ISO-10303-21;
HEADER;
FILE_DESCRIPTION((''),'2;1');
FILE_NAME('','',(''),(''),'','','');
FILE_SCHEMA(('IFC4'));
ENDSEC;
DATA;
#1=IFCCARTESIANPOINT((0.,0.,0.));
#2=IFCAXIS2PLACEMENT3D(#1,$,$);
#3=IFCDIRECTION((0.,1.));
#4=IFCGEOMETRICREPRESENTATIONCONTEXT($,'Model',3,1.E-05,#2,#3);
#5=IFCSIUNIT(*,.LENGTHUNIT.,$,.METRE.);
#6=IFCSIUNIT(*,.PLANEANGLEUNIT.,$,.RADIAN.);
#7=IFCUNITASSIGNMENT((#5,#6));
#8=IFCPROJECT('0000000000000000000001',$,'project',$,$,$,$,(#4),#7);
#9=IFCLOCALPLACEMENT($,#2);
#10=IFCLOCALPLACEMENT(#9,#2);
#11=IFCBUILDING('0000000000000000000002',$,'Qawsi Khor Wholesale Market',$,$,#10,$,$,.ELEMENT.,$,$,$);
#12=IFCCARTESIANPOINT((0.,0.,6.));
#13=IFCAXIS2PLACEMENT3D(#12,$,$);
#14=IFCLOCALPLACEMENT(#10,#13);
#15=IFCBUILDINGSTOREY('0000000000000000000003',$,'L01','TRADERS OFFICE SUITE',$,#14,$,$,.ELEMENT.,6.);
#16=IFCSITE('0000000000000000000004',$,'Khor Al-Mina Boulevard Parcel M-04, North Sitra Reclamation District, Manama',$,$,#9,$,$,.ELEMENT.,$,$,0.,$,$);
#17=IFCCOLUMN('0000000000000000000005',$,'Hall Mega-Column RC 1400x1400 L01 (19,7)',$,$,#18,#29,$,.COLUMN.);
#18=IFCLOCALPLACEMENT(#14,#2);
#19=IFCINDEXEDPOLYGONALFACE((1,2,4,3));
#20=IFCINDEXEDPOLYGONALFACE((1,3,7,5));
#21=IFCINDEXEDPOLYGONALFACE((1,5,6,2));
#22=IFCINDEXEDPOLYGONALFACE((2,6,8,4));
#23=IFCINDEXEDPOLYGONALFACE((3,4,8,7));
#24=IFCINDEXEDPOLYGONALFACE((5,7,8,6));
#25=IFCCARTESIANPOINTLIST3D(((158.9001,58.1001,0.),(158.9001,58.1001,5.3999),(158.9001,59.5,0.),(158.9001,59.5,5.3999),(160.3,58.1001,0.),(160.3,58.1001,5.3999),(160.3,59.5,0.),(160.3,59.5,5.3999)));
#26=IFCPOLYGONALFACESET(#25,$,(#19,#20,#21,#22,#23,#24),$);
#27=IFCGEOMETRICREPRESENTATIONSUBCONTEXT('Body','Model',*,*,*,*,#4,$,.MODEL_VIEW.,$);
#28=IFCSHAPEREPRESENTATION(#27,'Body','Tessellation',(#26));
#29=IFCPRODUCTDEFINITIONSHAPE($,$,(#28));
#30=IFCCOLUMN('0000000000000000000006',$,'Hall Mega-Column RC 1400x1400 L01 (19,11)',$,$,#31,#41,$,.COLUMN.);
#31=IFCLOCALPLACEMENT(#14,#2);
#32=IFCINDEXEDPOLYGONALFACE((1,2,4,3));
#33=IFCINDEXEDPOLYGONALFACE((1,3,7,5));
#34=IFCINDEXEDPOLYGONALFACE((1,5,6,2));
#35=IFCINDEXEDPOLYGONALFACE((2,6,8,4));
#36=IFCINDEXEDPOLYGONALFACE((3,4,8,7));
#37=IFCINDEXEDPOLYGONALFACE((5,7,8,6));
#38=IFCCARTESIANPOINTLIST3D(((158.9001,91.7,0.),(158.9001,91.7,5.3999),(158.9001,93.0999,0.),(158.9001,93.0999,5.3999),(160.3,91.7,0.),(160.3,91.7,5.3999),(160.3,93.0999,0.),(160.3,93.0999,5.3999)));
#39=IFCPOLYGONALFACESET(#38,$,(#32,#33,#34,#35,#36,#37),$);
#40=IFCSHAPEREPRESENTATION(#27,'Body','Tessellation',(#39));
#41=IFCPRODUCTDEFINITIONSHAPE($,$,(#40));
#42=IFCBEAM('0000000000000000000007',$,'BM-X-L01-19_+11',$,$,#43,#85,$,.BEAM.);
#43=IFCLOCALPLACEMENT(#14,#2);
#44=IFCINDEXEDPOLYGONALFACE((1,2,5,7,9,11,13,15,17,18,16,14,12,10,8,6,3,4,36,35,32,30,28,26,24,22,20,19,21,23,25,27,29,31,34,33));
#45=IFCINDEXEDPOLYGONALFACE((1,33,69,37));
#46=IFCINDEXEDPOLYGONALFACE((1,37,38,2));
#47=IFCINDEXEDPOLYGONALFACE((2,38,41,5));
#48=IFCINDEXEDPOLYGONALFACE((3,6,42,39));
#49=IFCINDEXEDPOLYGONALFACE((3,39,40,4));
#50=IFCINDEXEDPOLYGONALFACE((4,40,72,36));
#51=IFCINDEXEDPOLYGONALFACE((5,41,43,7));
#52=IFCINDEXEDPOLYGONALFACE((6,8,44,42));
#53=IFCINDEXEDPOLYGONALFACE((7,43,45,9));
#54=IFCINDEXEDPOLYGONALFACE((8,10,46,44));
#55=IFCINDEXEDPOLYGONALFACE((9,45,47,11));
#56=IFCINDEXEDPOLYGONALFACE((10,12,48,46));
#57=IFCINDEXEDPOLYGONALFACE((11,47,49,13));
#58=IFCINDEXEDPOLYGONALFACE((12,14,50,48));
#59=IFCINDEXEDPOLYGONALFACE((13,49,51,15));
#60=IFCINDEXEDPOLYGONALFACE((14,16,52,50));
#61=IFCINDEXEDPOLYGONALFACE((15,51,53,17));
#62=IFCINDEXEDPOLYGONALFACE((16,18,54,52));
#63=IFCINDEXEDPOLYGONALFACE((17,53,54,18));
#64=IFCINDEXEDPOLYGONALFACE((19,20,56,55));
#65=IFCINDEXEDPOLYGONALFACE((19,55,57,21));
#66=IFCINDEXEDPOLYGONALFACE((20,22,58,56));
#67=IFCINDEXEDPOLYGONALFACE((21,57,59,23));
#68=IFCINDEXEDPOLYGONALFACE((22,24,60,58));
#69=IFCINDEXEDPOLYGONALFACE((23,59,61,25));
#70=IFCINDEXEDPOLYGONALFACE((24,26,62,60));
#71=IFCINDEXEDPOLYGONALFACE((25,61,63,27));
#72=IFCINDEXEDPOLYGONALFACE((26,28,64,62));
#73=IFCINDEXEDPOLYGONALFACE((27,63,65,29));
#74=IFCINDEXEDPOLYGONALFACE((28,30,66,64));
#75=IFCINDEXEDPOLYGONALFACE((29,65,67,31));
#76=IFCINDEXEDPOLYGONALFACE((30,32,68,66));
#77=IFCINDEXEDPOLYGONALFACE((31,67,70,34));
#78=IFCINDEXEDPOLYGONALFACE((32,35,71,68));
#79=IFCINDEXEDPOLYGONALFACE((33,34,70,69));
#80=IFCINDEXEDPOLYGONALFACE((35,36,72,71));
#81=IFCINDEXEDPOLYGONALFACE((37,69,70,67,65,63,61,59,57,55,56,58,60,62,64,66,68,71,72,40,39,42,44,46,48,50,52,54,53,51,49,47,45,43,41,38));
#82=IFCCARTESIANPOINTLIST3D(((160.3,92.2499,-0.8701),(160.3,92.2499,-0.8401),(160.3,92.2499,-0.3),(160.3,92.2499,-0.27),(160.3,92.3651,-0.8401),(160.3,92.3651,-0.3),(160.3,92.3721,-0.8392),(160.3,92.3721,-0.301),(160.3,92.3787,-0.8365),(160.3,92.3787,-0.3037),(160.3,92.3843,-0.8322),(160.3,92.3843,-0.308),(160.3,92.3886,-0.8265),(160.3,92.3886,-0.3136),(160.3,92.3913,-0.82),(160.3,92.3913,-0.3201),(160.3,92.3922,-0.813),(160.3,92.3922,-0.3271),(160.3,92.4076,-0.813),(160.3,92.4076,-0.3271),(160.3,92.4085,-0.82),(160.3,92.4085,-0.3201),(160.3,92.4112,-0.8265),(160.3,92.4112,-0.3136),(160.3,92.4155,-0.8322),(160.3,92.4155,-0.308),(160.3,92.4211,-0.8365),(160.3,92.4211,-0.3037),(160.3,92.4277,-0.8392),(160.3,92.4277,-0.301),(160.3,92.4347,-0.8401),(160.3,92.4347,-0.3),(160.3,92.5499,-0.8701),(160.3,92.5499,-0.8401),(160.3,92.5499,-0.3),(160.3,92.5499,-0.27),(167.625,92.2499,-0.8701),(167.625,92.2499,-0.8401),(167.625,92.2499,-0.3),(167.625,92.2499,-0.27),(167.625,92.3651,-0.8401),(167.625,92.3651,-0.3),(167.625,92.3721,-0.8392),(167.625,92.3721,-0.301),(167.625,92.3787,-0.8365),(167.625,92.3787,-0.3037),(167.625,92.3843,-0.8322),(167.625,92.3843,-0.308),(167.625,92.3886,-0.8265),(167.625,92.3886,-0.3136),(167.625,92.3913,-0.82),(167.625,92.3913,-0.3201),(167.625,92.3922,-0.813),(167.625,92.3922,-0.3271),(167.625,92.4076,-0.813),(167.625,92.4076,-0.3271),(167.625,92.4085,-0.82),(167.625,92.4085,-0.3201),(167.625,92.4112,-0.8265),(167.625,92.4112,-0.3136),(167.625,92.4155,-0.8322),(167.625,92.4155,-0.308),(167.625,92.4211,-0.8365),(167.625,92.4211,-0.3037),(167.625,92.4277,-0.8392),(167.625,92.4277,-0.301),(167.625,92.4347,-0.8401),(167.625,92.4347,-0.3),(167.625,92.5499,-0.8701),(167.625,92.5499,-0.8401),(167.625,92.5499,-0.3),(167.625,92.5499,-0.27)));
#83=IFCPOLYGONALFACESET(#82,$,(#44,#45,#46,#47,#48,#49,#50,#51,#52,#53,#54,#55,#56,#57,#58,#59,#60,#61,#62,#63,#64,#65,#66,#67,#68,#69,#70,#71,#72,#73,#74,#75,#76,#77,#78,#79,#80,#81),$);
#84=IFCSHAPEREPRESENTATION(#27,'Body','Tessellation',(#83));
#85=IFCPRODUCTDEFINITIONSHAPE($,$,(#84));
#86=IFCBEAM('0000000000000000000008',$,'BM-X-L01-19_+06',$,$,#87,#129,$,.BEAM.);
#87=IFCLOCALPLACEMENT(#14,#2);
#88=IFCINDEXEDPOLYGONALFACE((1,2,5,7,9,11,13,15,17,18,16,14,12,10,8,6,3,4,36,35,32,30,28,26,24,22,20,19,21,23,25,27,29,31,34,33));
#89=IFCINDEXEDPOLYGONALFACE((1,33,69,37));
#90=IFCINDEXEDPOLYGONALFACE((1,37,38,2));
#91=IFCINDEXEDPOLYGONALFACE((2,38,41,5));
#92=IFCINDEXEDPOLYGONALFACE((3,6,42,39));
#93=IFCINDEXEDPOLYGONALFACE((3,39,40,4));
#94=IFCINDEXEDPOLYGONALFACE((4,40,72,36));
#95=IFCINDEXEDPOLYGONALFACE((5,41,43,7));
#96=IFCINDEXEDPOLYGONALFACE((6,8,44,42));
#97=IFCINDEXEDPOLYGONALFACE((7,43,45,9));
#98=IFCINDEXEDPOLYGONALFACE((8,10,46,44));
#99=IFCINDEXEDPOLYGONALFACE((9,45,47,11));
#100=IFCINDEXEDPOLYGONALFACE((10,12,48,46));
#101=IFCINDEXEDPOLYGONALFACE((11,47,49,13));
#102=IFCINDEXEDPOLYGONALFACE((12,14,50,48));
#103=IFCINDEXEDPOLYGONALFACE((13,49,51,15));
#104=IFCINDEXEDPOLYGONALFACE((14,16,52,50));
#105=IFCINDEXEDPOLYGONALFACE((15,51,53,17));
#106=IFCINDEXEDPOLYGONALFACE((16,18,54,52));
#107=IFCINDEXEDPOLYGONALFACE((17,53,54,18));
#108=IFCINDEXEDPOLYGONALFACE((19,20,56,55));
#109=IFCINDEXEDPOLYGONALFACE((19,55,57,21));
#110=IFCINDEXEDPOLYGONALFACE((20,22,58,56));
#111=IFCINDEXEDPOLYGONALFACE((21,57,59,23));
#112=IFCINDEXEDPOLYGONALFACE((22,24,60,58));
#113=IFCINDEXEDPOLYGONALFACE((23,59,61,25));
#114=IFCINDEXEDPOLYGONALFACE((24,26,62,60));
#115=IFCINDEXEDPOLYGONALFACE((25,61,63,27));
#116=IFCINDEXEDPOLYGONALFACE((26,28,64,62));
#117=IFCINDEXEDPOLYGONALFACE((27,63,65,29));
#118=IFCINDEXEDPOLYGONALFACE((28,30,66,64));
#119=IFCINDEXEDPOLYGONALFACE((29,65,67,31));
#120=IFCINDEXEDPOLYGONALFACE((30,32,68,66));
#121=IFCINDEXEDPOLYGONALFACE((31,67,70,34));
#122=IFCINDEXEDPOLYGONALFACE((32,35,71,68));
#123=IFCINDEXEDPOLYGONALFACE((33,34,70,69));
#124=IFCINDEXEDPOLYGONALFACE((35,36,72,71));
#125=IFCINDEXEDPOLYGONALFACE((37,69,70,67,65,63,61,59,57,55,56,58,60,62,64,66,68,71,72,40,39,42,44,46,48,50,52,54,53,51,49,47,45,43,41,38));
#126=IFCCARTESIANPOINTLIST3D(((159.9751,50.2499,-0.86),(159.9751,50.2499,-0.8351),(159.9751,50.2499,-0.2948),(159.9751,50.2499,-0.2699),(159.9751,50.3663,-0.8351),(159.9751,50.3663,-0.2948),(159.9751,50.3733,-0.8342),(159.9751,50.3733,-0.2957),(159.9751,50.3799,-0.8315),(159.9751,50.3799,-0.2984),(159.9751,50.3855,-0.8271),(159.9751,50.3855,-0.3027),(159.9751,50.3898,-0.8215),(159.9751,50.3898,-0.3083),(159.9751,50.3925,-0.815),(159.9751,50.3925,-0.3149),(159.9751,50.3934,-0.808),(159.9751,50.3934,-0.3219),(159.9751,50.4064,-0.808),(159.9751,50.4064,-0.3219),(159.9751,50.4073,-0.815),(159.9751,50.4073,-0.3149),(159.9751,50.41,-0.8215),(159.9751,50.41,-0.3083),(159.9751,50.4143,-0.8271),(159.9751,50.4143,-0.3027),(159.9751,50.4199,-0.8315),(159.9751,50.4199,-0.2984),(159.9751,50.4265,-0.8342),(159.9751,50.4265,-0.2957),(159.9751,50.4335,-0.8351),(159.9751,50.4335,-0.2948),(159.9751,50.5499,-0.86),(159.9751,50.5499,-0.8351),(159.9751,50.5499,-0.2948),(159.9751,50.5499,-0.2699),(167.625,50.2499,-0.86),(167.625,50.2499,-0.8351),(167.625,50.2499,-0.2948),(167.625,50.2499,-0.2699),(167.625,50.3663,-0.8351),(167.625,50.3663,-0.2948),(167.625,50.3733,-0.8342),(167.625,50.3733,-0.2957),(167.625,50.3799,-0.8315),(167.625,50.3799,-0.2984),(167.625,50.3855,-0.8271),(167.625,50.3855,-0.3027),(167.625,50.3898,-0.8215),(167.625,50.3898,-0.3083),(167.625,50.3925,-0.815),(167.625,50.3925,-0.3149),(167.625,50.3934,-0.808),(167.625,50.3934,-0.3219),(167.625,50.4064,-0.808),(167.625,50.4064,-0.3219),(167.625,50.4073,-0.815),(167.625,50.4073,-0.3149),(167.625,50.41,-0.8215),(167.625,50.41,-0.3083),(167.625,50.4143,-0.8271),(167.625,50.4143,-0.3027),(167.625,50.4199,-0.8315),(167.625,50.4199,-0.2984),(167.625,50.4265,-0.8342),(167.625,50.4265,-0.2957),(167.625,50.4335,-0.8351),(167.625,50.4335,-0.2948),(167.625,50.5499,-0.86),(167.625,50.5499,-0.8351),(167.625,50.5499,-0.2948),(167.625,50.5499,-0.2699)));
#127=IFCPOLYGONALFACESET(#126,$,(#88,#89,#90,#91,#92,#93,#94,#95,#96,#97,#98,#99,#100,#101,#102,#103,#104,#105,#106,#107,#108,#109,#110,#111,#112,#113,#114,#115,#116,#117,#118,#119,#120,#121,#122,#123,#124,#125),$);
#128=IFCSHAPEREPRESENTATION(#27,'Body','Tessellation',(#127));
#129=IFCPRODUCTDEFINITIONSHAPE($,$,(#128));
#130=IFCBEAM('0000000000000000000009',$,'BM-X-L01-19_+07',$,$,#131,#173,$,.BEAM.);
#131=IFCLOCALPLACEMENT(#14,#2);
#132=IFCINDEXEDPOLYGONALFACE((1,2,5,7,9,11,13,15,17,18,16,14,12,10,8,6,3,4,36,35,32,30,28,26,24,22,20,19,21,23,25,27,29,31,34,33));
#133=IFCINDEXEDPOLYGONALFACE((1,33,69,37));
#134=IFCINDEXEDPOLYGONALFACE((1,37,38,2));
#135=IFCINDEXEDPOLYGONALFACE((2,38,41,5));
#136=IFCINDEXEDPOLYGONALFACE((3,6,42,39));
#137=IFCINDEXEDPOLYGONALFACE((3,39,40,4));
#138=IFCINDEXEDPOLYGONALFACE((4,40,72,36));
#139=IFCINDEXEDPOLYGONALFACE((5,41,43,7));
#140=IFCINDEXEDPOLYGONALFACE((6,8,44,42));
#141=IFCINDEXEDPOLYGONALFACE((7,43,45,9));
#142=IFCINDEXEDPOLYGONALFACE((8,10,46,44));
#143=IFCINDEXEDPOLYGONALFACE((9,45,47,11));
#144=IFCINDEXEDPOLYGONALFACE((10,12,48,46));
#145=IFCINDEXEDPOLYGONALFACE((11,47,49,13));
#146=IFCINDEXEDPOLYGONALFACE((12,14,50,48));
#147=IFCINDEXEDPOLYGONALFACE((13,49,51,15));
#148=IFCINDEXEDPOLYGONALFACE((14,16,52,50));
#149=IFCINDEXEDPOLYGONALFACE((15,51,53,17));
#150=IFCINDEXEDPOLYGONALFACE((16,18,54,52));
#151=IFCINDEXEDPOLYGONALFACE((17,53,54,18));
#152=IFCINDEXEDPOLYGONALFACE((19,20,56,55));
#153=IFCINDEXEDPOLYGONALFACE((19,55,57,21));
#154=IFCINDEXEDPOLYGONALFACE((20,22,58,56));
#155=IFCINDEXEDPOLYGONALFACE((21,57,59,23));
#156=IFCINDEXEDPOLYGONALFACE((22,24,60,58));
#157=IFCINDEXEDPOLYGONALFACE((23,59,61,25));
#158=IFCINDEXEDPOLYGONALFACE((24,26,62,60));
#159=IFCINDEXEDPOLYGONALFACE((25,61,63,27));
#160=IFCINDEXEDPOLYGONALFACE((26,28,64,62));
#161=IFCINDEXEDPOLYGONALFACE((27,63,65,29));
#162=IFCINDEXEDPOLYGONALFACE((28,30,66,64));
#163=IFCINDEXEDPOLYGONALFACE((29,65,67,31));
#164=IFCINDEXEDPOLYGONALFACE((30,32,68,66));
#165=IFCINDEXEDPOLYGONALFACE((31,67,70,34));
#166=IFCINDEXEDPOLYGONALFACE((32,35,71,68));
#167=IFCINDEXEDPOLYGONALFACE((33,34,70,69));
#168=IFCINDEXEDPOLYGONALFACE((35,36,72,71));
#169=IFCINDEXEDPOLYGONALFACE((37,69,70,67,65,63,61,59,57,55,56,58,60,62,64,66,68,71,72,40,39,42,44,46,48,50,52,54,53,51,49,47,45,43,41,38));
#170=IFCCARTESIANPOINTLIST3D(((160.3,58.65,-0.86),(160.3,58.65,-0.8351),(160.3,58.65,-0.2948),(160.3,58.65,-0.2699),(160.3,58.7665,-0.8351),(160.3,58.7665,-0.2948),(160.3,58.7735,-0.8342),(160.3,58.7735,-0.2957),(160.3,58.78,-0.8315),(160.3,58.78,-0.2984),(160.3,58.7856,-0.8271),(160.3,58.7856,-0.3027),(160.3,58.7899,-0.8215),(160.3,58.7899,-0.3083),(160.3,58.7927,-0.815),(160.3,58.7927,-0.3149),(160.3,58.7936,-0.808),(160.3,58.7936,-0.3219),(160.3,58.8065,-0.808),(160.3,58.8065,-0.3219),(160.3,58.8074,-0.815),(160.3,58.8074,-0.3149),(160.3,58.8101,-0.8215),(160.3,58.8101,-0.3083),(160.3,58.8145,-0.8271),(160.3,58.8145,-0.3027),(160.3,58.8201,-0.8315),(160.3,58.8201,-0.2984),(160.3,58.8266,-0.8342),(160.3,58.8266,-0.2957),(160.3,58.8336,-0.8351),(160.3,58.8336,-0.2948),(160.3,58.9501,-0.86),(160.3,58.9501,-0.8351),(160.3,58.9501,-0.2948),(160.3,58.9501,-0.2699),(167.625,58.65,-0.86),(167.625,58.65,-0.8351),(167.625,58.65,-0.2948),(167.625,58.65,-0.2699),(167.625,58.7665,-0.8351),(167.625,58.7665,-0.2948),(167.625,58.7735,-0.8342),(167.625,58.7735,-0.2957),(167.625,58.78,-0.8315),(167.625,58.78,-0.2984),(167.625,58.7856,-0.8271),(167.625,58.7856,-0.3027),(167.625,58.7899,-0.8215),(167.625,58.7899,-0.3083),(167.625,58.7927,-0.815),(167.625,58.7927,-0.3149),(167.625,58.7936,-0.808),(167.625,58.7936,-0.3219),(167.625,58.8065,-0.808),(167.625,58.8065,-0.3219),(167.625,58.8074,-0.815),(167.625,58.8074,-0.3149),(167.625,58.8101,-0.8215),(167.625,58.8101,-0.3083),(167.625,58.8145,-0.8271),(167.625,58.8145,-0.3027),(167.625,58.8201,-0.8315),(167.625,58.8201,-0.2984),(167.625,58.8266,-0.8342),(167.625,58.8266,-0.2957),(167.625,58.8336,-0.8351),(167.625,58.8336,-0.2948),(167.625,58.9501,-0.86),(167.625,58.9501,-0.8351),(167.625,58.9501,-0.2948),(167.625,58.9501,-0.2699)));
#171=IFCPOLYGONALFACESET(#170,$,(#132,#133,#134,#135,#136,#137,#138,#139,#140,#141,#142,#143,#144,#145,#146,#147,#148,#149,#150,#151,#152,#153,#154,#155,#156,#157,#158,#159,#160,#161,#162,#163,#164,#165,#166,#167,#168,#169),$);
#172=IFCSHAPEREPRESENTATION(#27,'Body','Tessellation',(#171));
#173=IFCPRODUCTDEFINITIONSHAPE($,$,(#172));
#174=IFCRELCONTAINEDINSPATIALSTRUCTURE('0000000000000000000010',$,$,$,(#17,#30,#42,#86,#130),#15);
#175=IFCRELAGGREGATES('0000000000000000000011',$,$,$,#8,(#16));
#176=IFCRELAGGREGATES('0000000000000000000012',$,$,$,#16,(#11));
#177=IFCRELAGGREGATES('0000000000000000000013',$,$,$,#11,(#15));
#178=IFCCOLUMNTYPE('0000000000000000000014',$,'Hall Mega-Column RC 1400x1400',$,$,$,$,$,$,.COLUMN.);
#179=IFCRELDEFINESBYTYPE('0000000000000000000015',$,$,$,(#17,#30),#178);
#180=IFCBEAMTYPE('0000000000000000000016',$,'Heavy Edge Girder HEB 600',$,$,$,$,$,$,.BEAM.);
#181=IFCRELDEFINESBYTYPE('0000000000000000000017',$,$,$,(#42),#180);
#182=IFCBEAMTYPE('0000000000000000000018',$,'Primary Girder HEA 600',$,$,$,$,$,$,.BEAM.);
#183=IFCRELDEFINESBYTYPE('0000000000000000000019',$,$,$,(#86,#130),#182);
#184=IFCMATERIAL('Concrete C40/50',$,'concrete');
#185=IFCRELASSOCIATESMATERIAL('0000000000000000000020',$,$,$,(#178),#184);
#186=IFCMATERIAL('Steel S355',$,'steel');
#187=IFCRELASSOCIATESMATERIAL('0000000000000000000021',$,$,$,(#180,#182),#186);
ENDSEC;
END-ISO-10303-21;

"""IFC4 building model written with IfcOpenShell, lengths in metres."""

from ifc_helpers import new_model, si_unit, direction, frame, origin, origin_2d, place, context, subcontext, project, spatial, rectangle, i_section, extrude, material, material_profile, profile_set, type_object, element, save


model = new_model("IFC4")

# Units and contexts
model_context = context("Model", 3, precision=1e-05, world=origin(), true_north=direction((0.0, 1.0)))
body_context = subcontext(model_context, "Body", "Model", "MODEL_VIEW")
ifc_project = project(units=[si_unit("LENGTHUNIT", "METRE"), si_unit("PLANEANGLEUNIT", "RADIAN")], contexts=[model_context])

# Site, building, storey
site_placement = place(None, origin())
site = spatial("IfcSite", under=ifc_project, at=site_placement, Name="Khor Al-Mina Boulevard Parcel M-04, North Sitra Reclamation District, Manama", CompositionType="ELEMENT", RefElevation=0.0)
building_placement = place(site_placement, origin())
building = spatial("IfcBuilding", under=site, at=building_placement, Name="Qawsi Khor Wholesale Market", CompositionType="ELEMENT")
storey_placement = place(building_placement, frame((0.0, 0.0, 6.0)))
storey = spatial("IfcBuildingStorey", under=building, at=storey_placement, Name="L01", Description="TRADERS OFFICE SUITE", CompositionType="ELEMENT", Elevation=6.0)

# Columns
ifc_material_1 = material(Name="Concrete C40/50", Category="concrete")
ifc_material_profile_1 = material_profile(ifc_material_1, rectangle(XDim=1.3999, YDim=1.3999, at=origin_2d()), Name="RC 1400x1400")
ifc_profile_set_1 = profile_set([ifc_material_profile_1], Name="Concrete C40/50")
column_type = type_object("IfcColumnType", Name="Hall Mega-Column RC 1400x1400", PredefinedType="COLUMN", material=ifc_profile_set_1)
for number, where, z_axis, x_axis, name in (
    (1, (159.6001, 58.8, 0.0), (0.0, 0.0, 1.0), (1.0, 0.0, 0.0), "Hall Mega-Column RC 1400x1400 L01 (19,7)"),
    (2, (159.6001, 92.3999, 0.0), (0.0, 0.0, 1.0), (1.0, 0.0, 0.0), "Hall Mega-Column RC 1400x1400 L01 (19,11)"),
):
    element("IfcColumn", number, at=place(storey_placement, frame(where, z_axis=z_axis, x_axis=x_axis)), inside=storey, type_object=column_type, Name=name, PredefinedType="COLUMN", context=body_context, shape_type="SweptSolid", body=[
        extrude(rectangle(XDim=1.3999, YDim=1.3999, at=origin_2d()), origin(), (0.0, 0.0, 1.0), 5.3999),
    ])

# Beams
ifc_material_2 = material(Name="Steel S355", Category="steel")
ifc_material_profile_2 = material_profile(ifc_material_2, i_section(OverallWidth=0.3, OverallDepth=0.6001, WebThickness=0.0154, FlangeThickness=0.03, FilletRadius=0.0271, at=origin_2d()), Name="HEB 600")
ifc_profile_set_2 = profile_set([ifc_material_profile_2], Name="Steel S355")
beam_type_1 = type_object("IfcBeamType", Name="Heavy Edge Girder HEB 600", PredefinedType="BEAM", material=ifc_profile_set_2)
beam_1_placement = place(storey_placement, frame((160.3, 92.3999, -0.5701), z_axis=(1.0, 0.0, 0.0), x_axis=(0.0, 1.0, 0.0)))
element("IfcBeam", 3, at=beam_1_placement, inside=storey, type_object=beam_type_1, Name="BM-X-L01-19_+11", PredefinedType="BEAM", context=body_context, shape_type="SweptSolid", body=[
    extrude(i_section(OverallWidth=0.3, OverallDepth=0.6001, WebThickness=0.0154, FlangeThickness=0.03, FilletRadius=0.0271, at=origin_2d()), origin(), (0.0, 0.0, 1.0), 7.325),
])
ifc_material_profile_3 = material_profile(ifc_material_2, i_section(OverallWidth=0.3, OverallDepth=0.5901, WebThickness=0.0129, FlangeThickness=0.0249, FilletRadius=0.0271, at=origin_2d()), Name="HEA 600")
ifc_profile_set_3 = profile_set([ifc_material_profile_3], Name="Steel S355")
beam_type_2 = type_object("IfcBeamType", Name="Primary Girder HEA 600", PredefinedType="BEAM", material=ifc_profile_set_3)
beam_2_placement = place(storey_placement, frame((159.9751, 50.3999, -0.5649), z_axis=(1.0, 0.0, 0.0), x_axis=(0.0, 1.0, 0.0)))
element("IfcBeam", 4, at=beam_2_placement, inside=storey, type_object=beam_type_2, Name="BM-X-L01-19_+06", PredefinedType="BEAM", context=body_context, shape_type="SweptSolid", body=[
    extrude(i_section(OverallWidth=0.3, OverallDepth=0.5901, WebThickness=0.0129, FlangeThickness=0.0249, FilletRadius=0.0271, at=origin_2d()), origin(), (0.0, 0.0, 1.0), 7.6499),
])
beam_3_placement = place(storey_placement, frame((160.3, 58.8, -0.5649), z_axis=(1.0, 0.0, 0.0), x_axis=(0.0, 1.0, 0.0)))
element("IfcBeam", 5, at=beam_3_placement, inside=storey, type_object=beam_type_2, Name="BM-X-L01-19_+07", PredefinedType="BEAM", context=body_context, shape_type="SweptSolid", body=[
    extrude(i_section(OverallWidth=0.3, OverallDepth=0.5901, WebThickness=0.0129, FlangeThickness=0.0249, FilletRadius=0.0271, at=origin_2d()), origin(), (0.0, 0.0, 1.0), 7.325),
])

save(model, "model.ifc")
